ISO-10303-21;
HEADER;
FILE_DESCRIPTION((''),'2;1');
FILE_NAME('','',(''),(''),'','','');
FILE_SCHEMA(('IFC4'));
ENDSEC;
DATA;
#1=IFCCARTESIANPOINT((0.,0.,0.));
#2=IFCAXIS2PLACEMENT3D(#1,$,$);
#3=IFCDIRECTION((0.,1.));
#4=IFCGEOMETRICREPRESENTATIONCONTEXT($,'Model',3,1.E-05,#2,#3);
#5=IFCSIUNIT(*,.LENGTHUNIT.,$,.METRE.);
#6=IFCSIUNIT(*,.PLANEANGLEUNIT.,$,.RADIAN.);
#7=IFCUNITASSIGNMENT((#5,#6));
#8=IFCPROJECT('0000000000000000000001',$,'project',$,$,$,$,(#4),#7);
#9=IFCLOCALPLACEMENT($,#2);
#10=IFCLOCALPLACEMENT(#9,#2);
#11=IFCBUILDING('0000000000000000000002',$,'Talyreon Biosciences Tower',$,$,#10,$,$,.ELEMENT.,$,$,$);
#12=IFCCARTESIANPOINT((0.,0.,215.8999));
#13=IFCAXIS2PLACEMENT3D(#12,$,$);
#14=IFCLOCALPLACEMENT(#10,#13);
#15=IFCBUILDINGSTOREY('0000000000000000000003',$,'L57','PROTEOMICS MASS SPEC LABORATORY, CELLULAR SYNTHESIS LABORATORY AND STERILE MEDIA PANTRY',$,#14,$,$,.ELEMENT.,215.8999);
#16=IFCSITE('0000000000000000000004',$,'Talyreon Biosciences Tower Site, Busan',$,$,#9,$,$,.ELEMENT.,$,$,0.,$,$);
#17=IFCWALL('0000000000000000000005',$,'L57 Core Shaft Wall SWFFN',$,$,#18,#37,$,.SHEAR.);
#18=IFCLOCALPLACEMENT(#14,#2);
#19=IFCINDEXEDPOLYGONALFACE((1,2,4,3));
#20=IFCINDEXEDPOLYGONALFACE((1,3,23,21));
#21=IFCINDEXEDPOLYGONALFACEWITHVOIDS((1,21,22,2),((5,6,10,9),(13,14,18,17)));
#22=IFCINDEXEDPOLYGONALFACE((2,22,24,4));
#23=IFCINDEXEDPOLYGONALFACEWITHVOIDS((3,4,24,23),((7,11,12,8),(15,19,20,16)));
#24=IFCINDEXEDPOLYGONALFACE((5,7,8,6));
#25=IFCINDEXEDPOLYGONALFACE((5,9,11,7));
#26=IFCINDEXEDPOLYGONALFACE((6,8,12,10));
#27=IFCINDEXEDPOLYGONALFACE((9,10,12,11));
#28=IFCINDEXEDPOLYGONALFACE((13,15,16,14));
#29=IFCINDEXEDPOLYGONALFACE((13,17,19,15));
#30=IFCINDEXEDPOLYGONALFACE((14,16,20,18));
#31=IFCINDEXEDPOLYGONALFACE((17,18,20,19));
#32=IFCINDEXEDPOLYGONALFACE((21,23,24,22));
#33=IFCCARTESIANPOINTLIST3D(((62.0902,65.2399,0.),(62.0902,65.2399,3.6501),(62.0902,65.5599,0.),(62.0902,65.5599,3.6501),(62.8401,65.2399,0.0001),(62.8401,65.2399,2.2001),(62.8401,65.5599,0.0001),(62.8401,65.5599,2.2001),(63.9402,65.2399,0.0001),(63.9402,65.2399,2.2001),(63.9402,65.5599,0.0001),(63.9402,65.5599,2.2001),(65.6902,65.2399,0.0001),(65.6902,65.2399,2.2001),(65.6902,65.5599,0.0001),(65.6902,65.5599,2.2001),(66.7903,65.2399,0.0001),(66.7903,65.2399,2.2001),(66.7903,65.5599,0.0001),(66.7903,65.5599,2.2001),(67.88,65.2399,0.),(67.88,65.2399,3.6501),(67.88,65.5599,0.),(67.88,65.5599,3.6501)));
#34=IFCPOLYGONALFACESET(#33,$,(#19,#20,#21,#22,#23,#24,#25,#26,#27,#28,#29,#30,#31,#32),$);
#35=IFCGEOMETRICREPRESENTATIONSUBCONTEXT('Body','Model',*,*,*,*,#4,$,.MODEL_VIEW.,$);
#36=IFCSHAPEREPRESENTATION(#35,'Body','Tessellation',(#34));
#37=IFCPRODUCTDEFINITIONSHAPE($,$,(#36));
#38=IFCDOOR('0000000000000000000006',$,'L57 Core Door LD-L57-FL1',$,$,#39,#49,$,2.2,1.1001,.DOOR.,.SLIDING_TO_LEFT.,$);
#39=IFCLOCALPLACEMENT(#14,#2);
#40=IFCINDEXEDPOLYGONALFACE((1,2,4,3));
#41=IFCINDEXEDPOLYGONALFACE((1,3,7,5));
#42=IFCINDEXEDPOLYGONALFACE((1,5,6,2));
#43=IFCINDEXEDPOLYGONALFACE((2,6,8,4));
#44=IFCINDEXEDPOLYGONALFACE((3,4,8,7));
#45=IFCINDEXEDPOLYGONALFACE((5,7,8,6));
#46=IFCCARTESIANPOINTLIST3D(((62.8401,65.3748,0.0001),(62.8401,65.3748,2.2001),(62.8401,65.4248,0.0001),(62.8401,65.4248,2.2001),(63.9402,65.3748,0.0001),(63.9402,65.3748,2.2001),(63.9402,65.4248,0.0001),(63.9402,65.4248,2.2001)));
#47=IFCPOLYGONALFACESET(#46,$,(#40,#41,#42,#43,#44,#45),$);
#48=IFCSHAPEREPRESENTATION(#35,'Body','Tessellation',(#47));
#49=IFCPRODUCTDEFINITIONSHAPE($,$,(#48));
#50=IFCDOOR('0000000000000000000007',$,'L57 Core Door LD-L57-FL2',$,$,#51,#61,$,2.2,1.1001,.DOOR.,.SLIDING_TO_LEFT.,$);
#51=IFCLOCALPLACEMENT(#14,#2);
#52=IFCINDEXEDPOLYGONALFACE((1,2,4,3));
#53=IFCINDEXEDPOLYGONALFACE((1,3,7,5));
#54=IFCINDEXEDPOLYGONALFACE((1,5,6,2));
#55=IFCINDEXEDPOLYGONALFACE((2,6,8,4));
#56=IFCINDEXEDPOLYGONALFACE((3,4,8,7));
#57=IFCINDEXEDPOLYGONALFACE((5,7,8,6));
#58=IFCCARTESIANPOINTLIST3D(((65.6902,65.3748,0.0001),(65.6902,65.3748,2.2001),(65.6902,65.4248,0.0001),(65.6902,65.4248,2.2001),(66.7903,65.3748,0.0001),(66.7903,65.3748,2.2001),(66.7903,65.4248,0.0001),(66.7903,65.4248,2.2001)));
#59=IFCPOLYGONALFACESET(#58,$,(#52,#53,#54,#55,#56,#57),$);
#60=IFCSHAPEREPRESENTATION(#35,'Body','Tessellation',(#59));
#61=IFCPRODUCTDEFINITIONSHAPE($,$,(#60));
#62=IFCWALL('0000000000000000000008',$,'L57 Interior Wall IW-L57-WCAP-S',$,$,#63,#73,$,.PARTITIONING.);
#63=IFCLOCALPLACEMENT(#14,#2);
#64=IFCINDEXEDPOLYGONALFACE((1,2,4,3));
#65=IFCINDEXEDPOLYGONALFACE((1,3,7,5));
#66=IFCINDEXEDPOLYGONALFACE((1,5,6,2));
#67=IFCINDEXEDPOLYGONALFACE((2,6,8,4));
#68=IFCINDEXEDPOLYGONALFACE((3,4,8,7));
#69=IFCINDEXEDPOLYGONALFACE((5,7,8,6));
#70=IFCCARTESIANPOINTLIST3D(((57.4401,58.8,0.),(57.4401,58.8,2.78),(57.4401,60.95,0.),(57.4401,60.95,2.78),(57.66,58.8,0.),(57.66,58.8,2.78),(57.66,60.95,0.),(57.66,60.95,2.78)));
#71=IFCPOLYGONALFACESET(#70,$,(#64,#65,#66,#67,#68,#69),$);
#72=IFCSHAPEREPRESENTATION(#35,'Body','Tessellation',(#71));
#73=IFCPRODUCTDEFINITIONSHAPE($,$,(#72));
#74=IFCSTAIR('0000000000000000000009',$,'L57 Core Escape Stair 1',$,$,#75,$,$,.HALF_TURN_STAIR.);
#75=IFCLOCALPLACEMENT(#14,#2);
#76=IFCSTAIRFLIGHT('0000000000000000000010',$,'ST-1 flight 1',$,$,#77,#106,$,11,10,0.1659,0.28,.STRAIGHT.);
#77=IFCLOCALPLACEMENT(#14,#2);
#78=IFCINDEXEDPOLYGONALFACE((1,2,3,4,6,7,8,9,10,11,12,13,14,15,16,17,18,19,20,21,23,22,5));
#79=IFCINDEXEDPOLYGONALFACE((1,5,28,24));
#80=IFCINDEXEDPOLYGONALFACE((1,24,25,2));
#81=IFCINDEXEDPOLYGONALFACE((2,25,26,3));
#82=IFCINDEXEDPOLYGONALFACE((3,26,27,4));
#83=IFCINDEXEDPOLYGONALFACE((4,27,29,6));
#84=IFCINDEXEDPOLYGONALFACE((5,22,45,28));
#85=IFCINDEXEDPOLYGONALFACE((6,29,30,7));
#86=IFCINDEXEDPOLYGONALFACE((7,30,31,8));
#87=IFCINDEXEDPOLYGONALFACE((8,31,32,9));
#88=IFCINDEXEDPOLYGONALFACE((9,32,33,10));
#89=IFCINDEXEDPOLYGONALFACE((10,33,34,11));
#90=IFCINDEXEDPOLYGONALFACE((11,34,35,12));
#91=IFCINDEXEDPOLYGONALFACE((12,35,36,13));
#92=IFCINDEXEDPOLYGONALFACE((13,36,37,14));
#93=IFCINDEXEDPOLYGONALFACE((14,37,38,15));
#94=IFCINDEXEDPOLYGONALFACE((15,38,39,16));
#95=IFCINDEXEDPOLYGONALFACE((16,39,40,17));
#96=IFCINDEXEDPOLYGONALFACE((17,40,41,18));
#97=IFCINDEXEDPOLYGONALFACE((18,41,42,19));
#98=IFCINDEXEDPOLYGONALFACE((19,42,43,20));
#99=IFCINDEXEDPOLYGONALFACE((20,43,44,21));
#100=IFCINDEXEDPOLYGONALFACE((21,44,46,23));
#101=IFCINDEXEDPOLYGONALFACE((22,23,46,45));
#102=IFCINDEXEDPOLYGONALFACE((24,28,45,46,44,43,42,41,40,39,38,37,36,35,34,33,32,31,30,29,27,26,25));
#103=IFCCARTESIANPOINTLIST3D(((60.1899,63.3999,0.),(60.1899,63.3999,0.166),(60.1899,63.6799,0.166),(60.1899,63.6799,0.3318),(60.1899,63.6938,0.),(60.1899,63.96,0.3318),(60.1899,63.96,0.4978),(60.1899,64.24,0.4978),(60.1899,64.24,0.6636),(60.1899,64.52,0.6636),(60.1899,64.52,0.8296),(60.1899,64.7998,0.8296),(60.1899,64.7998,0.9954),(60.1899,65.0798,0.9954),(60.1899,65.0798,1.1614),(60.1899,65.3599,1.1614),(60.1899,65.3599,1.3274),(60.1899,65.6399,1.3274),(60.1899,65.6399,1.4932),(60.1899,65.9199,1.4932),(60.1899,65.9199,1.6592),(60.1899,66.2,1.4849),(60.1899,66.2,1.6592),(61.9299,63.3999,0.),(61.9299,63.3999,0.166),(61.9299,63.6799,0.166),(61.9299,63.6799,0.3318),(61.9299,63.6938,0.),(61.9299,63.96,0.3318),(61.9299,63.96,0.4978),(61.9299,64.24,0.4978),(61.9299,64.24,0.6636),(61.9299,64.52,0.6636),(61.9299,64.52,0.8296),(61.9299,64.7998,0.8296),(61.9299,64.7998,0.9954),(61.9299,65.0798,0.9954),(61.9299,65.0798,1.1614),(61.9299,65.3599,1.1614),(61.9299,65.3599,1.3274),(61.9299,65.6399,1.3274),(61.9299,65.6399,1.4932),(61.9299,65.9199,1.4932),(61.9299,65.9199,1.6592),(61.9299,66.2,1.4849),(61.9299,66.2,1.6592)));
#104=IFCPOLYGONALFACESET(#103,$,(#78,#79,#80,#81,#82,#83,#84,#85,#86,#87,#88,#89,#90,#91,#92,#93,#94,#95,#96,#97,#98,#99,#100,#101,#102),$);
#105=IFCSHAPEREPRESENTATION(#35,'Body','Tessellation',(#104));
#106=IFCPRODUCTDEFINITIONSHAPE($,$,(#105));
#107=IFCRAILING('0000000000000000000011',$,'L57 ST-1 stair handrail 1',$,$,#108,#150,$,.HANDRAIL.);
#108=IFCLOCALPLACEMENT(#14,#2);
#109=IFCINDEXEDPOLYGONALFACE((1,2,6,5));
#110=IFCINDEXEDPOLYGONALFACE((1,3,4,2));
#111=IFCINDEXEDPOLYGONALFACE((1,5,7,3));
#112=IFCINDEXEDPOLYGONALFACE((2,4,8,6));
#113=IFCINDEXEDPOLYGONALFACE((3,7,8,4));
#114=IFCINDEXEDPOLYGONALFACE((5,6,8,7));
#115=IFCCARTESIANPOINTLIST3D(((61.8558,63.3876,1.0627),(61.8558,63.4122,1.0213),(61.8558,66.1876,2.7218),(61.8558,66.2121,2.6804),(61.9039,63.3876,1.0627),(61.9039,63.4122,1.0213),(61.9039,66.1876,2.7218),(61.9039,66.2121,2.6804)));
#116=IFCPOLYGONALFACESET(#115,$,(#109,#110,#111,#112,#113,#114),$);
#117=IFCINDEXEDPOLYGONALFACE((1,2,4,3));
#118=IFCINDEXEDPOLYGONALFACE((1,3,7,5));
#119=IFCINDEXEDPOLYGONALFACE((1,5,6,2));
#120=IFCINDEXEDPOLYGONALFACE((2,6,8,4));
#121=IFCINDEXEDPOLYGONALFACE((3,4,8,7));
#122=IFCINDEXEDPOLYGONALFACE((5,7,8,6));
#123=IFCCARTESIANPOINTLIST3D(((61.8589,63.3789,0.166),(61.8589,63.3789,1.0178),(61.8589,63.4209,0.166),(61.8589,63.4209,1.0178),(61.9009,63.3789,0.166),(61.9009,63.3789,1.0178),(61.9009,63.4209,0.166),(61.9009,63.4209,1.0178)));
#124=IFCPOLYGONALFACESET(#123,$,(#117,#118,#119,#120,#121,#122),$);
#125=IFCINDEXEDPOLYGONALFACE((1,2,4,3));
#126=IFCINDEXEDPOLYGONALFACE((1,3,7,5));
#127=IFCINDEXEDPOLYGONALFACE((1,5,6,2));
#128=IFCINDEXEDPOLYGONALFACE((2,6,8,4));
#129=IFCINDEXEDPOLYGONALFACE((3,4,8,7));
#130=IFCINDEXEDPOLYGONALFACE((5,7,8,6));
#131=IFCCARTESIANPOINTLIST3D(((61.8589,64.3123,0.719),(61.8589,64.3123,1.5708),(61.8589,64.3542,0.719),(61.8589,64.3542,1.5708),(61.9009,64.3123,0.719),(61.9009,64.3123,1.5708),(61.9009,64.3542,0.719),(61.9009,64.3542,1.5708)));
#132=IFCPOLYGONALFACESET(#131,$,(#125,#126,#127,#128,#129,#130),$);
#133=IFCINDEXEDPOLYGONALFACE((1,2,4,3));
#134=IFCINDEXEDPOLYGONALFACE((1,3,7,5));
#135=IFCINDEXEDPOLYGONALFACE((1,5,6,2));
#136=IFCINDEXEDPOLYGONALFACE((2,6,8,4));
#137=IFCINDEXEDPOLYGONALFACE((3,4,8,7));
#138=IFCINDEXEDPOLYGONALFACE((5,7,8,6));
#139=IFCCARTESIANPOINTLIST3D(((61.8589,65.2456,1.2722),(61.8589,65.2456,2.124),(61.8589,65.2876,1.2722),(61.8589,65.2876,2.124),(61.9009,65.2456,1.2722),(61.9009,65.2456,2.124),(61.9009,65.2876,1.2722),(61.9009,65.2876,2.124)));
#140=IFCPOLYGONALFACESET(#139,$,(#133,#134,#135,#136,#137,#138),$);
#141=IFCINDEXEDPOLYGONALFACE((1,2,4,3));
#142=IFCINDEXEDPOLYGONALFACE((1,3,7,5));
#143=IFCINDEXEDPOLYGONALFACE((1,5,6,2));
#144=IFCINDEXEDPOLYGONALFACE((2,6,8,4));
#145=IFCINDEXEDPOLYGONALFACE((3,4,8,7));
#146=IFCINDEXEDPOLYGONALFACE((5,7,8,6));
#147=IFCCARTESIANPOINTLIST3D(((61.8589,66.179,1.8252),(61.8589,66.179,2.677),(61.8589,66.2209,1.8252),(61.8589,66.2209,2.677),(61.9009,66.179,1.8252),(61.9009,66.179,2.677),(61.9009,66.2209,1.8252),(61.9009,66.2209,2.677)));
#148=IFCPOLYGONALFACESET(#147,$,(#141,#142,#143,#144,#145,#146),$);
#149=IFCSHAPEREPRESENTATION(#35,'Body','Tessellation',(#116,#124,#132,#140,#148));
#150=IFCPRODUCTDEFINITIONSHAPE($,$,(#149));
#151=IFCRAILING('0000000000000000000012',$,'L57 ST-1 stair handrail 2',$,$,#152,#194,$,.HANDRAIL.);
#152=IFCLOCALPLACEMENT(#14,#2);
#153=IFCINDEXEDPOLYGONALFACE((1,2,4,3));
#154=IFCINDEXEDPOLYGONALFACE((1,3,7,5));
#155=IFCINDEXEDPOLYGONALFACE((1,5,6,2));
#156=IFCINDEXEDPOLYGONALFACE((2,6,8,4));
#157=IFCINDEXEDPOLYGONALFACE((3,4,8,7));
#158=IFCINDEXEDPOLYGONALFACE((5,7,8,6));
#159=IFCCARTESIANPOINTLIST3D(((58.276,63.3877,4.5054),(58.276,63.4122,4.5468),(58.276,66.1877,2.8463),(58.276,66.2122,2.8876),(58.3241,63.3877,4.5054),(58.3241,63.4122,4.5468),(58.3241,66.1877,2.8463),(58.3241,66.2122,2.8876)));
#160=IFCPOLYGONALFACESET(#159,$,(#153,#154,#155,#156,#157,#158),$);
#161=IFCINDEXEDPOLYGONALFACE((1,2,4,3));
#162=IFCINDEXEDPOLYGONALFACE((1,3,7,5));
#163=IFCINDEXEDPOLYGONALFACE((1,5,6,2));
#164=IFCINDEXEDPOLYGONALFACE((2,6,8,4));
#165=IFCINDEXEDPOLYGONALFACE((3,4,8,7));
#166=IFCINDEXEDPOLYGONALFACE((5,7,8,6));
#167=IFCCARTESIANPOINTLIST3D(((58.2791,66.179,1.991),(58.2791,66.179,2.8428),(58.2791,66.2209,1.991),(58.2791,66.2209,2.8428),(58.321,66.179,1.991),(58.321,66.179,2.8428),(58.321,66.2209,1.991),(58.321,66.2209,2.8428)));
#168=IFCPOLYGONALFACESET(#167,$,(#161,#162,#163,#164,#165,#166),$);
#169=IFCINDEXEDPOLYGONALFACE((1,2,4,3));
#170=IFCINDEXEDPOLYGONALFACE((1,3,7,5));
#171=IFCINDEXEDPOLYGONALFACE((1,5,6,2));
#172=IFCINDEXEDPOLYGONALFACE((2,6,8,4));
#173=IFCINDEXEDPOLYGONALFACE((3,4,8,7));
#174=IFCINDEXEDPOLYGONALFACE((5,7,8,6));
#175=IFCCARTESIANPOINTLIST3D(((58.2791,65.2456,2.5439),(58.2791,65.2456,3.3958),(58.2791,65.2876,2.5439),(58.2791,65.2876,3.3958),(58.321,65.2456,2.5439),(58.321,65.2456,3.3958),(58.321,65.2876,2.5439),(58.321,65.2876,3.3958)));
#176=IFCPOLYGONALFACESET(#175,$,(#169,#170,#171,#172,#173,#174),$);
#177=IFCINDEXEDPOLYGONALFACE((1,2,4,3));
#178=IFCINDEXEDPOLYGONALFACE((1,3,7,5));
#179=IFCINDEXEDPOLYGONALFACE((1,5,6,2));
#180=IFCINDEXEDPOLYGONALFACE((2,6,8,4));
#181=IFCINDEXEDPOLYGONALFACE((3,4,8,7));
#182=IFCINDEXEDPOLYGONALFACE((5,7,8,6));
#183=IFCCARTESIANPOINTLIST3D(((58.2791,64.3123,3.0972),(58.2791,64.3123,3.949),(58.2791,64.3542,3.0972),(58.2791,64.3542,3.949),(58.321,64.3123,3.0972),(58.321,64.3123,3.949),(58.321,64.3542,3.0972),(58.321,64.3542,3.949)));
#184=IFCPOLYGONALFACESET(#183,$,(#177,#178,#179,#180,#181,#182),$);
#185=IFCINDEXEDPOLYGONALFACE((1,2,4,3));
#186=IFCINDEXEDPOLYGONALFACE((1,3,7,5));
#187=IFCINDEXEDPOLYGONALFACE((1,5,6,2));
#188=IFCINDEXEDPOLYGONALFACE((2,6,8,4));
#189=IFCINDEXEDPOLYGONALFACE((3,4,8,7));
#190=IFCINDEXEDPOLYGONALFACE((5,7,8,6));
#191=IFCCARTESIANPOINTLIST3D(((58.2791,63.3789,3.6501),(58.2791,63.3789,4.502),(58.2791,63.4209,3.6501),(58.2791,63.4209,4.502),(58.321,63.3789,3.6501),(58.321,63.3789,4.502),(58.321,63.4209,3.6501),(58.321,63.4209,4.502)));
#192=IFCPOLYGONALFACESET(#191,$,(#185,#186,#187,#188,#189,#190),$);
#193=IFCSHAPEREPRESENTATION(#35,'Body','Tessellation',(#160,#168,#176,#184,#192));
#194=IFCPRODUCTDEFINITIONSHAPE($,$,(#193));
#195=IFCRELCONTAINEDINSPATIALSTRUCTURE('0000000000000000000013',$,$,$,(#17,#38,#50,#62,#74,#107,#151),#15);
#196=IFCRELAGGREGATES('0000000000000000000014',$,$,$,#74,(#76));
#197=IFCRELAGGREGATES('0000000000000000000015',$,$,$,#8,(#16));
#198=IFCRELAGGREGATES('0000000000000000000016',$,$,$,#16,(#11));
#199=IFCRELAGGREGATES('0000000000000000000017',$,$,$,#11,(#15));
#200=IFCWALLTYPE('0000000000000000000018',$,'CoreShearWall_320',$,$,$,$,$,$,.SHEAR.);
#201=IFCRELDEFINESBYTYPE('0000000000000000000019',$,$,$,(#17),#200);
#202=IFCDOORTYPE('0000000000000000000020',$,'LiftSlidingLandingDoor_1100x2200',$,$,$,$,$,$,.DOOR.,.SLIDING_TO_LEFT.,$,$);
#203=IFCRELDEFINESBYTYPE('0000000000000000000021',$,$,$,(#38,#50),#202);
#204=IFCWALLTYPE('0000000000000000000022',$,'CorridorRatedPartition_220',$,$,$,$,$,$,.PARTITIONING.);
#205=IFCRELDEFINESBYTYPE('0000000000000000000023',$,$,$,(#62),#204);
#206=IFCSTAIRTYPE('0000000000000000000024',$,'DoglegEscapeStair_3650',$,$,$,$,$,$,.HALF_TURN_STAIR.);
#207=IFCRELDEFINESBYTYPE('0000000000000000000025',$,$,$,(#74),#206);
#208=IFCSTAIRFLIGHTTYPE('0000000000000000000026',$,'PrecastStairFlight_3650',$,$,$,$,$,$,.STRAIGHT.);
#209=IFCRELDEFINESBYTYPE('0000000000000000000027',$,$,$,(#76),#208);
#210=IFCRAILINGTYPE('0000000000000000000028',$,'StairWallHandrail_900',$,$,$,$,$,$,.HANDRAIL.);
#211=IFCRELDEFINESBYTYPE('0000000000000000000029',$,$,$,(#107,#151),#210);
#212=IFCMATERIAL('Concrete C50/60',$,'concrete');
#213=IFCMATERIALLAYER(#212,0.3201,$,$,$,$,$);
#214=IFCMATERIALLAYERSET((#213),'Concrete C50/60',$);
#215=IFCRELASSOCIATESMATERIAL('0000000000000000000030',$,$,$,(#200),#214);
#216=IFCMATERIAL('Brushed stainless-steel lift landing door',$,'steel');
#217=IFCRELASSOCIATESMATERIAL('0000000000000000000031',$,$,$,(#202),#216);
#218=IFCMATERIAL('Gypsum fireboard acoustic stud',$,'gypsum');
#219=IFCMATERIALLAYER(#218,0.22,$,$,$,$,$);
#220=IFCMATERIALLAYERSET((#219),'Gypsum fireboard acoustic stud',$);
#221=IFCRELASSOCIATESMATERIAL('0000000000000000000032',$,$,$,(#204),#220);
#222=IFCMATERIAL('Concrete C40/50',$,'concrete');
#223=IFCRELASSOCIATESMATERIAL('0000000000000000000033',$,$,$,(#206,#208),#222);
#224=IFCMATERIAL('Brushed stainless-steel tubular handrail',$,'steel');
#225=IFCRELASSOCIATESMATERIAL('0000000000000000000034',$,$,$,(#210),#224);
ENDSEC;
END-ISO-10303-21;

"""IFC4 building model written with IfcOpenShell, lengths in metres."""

from ifc_helpers import new_model, si_unit, direction, frame, frame_2d, origin, origin_2d, place, context, subcontext, project, spatial, polyline, rectangle, outline, extrude, material, layer, layer_set, type_object, element, fill, aggregate, save


model = new_model("IFC4")

# Units and contexts
model_context = context("Model", 3, precision=1e-05, world=origin(), true_north=direction((0.0, 1.0)))
body_context = subcontext(model_context, "Body", "Model", "MODEL_VIEW")
ifc_project = project(units=[si_unit("LENGTHUNIT", "METRE"), si_unit("PLANEANGLEUNIT", "RADIAN")], contexts=[model_context])

# Site, building, storey
site_placement = place(None, origin())
site = spatial("IfcSite", under=ifc_project, at=site_placement, Name="Talyreon Biosciences Tower Site, Busan", CompositionType="ELEMENT", RefElevation=0.0)
building_placement = place(site_placement, origin())
building = spatial("IfcBuilding", under=site, at=building_placement, Name="Talyreon Biosciences Tower", CompositionType="ELEMENT")
storey_placement = place(building_placement, frame((0.0, 0.0, 215.8999)))
storey = spatial("IfcBuildingStorey", under=building, at=storey_placement, Name="L57", Description="PROTEOMICS MASS SPEC LABORATORY, CELLULAR SYNTHESIS LABORATORY AND STERILE MEDIA PANTRY", CompositionType="ELEMENT", Elevation=215.8999)

# Shared definitions
ifc_material_1 = material(Name="Concrete C50/60", Category="concrete")

# Shared definitions
ifc_layer_1 = layer(ifc_material_1, 0.3201)
ifc_layer_set_1 = layer_set([ifc_layer_1], Name="Concrete C50/60")
wall_type_1 = type_object("IfcWallType", Name="CoreShearWall_320", PredefinedType="SHEAR", material=ifc_layer_set_1)

# Wall, openings, doors
wall_1_placement = place(storey_placement, frame((62.0901, 65.3999, 0.0), z_axis=(0.0, 0.0, 1.0), x_axis=(1.0, 0.0, 0.0)))
wall_1 = element("IfcWall", 1, at=wall_1_placement, inside=storey, type_object=wall_type_1, Name="L57 Core Shaft Wall SWFFN", PredefinedType="SHEAR", context=body_context, shape_type="SweptSolid", body=[
    extrude(rectangle(XDim=5.7898, YDim=0.3201, at=frame_2d((2.895, 0.0))), origin(), (0.0, 0.0, 1.0), 3.6501),
])
opening_1_placement = place(wall_1_placement, frame((0.75, 0.0, 0.0)))
opening_1 = element("IfcOpeningElement", 2, at=opening_1_placement, cuts=wall_1, PredefinedType="OPENING", context=body_context, shape_type="SweptSolid", body=[
    extrude(rectangle(XDim=1.1001, YDim=2.2, at=frame_2d((0.55, 1.1001))), frame((0.0, 0.1699, 0.0), z_axis=(0.0, -1.0, 0.0), x_axis=(1.0, 0.0, 0.0)), (0.0, 0.0, 1.0), 0.3401),
])
opening_2_placement = place(wall_1_placement, frame((3.6001, 0.0, 0.0)))
opening_2 = element("IfcOpeningElement", 3, at=opening_2_placement, cuts=wall_1, PredefinedType="OPENING", context=body_context, shape_type="SweptSolid", body=[
    extrude(rectangle(XDim=1.1001, YDim=2.2, at=frame_2d((0.55, 1.1001))), frame((0.0, 0.1699, 0.0), z_axis=(0.0, -1.0, 0.0), x_axis=(1.0, 0.0, 0.0)), (0.0, 0.0, 1.0), 0.3401),
])
ifc_material_2 = material(Name="Brushed stainless-steel lift landing door", Category="steel")
door_type_1 = type_object("IfcDoorType", Name="LiftSlidingLandingDoor_1100x2200", OperationType="SLIDING_TO_LEFT", PredefinedType="DOOR", material=ifc_material_2)
door_1_placement = place(opening_1_placement, origin())
door_1 = element("IfcDoor", 4, at=door_1_placement, inside=storey, type_object=door_type_1, Name="L57 Core Door LD-L57-FL1", OperationType="SLIDING_TO_LEFT", OverallHeight=2.2, OverallWidth=1.1001, PredefinedType="DOOR", context=body_context, shape_type="SweptSolid", body=[
    extrude(rectangle(XDim=1.1001, YDim=2.2, at=frame_2d((0.55, 1.1001))), frame((0.0, 0.0249, 0.0), z_axis=(0.0, -1.0, 0.0), x_axis=(1.0, 0.0, 0.0)), (0.0, 0.0, 1.0), 0.05),
])
fill(opening_1, door_1)
door_2_placement = place(opening_2_placement, origin())
door_2 = element("IfcDoor", 5, at=door_2_placement, inside=storey, type_object=door_type_1, Name="L57 Core Door LD-L57-FL2", OperationType="SLIDING_TO_LEFT", OverallHeight=2.2, OverallWidth=1.1001, PredefinedType="DOOR", context=body_context, shape_type="SweptSolid", body=[
    extrude(rectangle(XDim=1.1001, YDim=2.2, at=frame_2d((0.55, 1.1001))), frame((0.0, 0.0249, 0.0), z_axis=(0.0, -1.0, 0.0), x_axis=(1.0, 0.0, 0.0)), (0.0, 0.0, 1.0), 0.05),
])
fill(opening_2, door_2)

# Wall
ifc_material_3 = material(Name="Gypsum fireboard acoustic stud", Category="gypsum")
ifc_layer_2 = layer(ifc_material_3, 0.22)
ifc_layer_set_2 = layer_set([ifc_layer_2], Name="Gypsum fireboard acoustic stud")
wall_type_2 = type_object("IfcWallType", Name="CorridorRatedPartition_220", PredefinedType="PARTITIONING", material=ifc_layer_set_2)
wall_2_placement = place(storey_placement, frame((57.55, 58.8, 0.0), z_axis=(0.0, 0.0, 1.0), x_axis=(0.0, 1.0, 0.0)))
element("IfcWall", 6, at=wall_2_placement, inside=storey, type_object=wall_type_2, Name="L57 Interior Wall IW-L57-WCAP-S", PredefinedType="PARTITIONING", context=body_context, shape_type="SweptSolid", body=[
    extrude(rectangle(XDim=2.1499, YDim=0.22, at=frame_2d((1.075, 0.0))), origin(), (0.0, 0.0, 1.0), 2.78),
])

# Stair, stair flight
ifc_material_4 = material(Name="Concrete C40/50", Category="concrete")
stair_type = type_object("IfcStairType", Name="DoglegEscapeStair_3650", PredefinedType="HALF_TURN_STAIR", material=ifc_material_4)
stair_placement = place(storey_placement, origin())
stair = element("IfcStair", 7, at=stair_placement, inside=storey, type_object=stair_type, Name="L57 Core Escape Stair 1", PredefinedType="HALF_TURN_STAIR")
stair_flight_type = type_object("IfcStairFlightType", Name="PrecastStairFlight_3650", PredefinedType="STRAIGHT", material=ifc_material_4)
stair_flight_placement = place(storey_placement, frame((61.0601, 63.3999, 0.0), z_axis=(0.0, 0.0, 1.0), x_axis=(0.0, 1.0, 0.0)))
stair_flight = element("IfcStairFlight", 8, at=stair_flight_placement, type_object=stair_flight_type, Name="ST-1 flight 1", NumberOfRisers=11, NumberOfTreads=10, PredefinedType="STRAIGHT", RiserHeight=0.1659, TreadLength=0.28, context=body_context, shape_type="SweptSolid", body=[
    extrude(outline(polyline([(0.0, 0.0), (0.0, 0.166), (0.28, 0.166), (0.28, 0.3318), (0.5601, 0.3318), (0.5601, 0.4978), (0.8401, 0.4978), (0.8401, 0.6636), (1.1201, 0.6636), (1.1201, 0.8296), (1.3999, 0.8296), (1.3999, 0.9954), (1.6799, 0.9954), (1.6799, 1.1614), (1.96, 1.1614), (1.96, 1.3274), (2.24, 1.3274), (2.24, 1.4932), (2.52, 1.4932), (2.52, 1.6592), (2.8, 1.6592), (2.8, 1.825), (2.8, 1.4849), (0.2939, 0.0), (0.0, 0.0)])), frame((0.0, 0.8701, 0.0), z_axis=(0.0, -1.0, 0.0), x_axis=(1.0, 0.0, 0.0)), (0.0, 0.0, 1.0), 1.74),
])
aggregate(stair, [stair_flight])

# Railings
ifc_material_5 = material(Name="Brushed stainless-steel tubular handrail", Category="steel")
railing_type_1 = type_object("IfcRailingType", Name="StairWallHandrail_900", PredefinedType="HANDRAIL", material=ifc_material_5)
railing_1_placement = place(storey_placement, frame((61.8799, 63.3999, 0.166)))
element("IfcRailing", 9, at=railing_1_placement, inside=storey, type_object=railing_type_1, Name="L57 ST-1 stair handrail 1", PredefinedType="HANDRAIL", context=body_context, shape_type="SweptSolid", body=[
    extrude(rectangle(XDim=0.0481, YDim=0.0481, at=origin_2d()), frame((0.0, 0.0, 0.876), z_axis=(0.0, 0.860306, 0.509778), x_axis=(-1.0, 0.0, 0.0)), (0.0, 0.0, 1.0), 3.2546),
    extrude(rectangle(XDim=0.042, YDim=0.042, at=origin_2d()), origin(), (0.0, 0.0, 1.0), 0.8518),
    extrude(rectangle(XDim=0.042, YDim=0.042, at=origin_2d()), frame((0.0, 0.9333, 0.553)), (0.0, 0.0, 1.0), 0.8518),
    extrude(rectangle(XDim=0.042, YDim=0.042, at=origin_2d()), frame((0.0, 1.8667, 1.1062)), (0.0, 0.0, 1.0), 0.8518),
    extrude(rectangle(XDim=0.042, YDim=0.042, at=origin_2d()), frame((0.0, 2.8, 1.6592)), (0.0, 0.0, 1.0), 0.8518),
])
railing_2_placement = place(storey_placement, frame((58.3, 66.2, 1.991)))
element("IfcRailing", 10, at=railing_2_placement, inside=storey, type_object=railing_type_1, Name="L57 ST-1 stair handrail 2", PredefinedType="HANDRAIL", context=body_context, shape_type="SweptSolid", body=[
    extrude(rectangle(XDim=0.0481, YDim=0.0481, at=origin_2d()), frame((0.0, 0.0, 0.876), z_axis=(0.0, -0.860306, 0.509778), x_axis=(1.0, 0.0, 0.0)), (0.0, 0.0, 1.0), 3.2546),
    extrude(rectangle(XDim=0.042, YDim=0.042, at=origin_2d()), origin(), (0.0, 0.0, 1.0), 0.8518),
    extrude(rectangle(XDim=0.042, YDim=0.042, at=origin_2d()), frame((0.0, -0.9333, 0.553)), (0.0, 0.0, 1.0), 0.8518),
    extrude(rectangle(XDim=0.042, YDim=0.042, at=origin_2d()), frame((0.0, -1.8667, 1.1062)), (0.0, 0.0, 1.0), 0.8518),
    extrude(rectangle(XDim=0.042, YDim=0.042, at=origin_2d()), frame((0.0, -2.8, 1.6592)), (0.0, 0.0, 1.0), 0.8518),
])

save(model, "model.ifc")
